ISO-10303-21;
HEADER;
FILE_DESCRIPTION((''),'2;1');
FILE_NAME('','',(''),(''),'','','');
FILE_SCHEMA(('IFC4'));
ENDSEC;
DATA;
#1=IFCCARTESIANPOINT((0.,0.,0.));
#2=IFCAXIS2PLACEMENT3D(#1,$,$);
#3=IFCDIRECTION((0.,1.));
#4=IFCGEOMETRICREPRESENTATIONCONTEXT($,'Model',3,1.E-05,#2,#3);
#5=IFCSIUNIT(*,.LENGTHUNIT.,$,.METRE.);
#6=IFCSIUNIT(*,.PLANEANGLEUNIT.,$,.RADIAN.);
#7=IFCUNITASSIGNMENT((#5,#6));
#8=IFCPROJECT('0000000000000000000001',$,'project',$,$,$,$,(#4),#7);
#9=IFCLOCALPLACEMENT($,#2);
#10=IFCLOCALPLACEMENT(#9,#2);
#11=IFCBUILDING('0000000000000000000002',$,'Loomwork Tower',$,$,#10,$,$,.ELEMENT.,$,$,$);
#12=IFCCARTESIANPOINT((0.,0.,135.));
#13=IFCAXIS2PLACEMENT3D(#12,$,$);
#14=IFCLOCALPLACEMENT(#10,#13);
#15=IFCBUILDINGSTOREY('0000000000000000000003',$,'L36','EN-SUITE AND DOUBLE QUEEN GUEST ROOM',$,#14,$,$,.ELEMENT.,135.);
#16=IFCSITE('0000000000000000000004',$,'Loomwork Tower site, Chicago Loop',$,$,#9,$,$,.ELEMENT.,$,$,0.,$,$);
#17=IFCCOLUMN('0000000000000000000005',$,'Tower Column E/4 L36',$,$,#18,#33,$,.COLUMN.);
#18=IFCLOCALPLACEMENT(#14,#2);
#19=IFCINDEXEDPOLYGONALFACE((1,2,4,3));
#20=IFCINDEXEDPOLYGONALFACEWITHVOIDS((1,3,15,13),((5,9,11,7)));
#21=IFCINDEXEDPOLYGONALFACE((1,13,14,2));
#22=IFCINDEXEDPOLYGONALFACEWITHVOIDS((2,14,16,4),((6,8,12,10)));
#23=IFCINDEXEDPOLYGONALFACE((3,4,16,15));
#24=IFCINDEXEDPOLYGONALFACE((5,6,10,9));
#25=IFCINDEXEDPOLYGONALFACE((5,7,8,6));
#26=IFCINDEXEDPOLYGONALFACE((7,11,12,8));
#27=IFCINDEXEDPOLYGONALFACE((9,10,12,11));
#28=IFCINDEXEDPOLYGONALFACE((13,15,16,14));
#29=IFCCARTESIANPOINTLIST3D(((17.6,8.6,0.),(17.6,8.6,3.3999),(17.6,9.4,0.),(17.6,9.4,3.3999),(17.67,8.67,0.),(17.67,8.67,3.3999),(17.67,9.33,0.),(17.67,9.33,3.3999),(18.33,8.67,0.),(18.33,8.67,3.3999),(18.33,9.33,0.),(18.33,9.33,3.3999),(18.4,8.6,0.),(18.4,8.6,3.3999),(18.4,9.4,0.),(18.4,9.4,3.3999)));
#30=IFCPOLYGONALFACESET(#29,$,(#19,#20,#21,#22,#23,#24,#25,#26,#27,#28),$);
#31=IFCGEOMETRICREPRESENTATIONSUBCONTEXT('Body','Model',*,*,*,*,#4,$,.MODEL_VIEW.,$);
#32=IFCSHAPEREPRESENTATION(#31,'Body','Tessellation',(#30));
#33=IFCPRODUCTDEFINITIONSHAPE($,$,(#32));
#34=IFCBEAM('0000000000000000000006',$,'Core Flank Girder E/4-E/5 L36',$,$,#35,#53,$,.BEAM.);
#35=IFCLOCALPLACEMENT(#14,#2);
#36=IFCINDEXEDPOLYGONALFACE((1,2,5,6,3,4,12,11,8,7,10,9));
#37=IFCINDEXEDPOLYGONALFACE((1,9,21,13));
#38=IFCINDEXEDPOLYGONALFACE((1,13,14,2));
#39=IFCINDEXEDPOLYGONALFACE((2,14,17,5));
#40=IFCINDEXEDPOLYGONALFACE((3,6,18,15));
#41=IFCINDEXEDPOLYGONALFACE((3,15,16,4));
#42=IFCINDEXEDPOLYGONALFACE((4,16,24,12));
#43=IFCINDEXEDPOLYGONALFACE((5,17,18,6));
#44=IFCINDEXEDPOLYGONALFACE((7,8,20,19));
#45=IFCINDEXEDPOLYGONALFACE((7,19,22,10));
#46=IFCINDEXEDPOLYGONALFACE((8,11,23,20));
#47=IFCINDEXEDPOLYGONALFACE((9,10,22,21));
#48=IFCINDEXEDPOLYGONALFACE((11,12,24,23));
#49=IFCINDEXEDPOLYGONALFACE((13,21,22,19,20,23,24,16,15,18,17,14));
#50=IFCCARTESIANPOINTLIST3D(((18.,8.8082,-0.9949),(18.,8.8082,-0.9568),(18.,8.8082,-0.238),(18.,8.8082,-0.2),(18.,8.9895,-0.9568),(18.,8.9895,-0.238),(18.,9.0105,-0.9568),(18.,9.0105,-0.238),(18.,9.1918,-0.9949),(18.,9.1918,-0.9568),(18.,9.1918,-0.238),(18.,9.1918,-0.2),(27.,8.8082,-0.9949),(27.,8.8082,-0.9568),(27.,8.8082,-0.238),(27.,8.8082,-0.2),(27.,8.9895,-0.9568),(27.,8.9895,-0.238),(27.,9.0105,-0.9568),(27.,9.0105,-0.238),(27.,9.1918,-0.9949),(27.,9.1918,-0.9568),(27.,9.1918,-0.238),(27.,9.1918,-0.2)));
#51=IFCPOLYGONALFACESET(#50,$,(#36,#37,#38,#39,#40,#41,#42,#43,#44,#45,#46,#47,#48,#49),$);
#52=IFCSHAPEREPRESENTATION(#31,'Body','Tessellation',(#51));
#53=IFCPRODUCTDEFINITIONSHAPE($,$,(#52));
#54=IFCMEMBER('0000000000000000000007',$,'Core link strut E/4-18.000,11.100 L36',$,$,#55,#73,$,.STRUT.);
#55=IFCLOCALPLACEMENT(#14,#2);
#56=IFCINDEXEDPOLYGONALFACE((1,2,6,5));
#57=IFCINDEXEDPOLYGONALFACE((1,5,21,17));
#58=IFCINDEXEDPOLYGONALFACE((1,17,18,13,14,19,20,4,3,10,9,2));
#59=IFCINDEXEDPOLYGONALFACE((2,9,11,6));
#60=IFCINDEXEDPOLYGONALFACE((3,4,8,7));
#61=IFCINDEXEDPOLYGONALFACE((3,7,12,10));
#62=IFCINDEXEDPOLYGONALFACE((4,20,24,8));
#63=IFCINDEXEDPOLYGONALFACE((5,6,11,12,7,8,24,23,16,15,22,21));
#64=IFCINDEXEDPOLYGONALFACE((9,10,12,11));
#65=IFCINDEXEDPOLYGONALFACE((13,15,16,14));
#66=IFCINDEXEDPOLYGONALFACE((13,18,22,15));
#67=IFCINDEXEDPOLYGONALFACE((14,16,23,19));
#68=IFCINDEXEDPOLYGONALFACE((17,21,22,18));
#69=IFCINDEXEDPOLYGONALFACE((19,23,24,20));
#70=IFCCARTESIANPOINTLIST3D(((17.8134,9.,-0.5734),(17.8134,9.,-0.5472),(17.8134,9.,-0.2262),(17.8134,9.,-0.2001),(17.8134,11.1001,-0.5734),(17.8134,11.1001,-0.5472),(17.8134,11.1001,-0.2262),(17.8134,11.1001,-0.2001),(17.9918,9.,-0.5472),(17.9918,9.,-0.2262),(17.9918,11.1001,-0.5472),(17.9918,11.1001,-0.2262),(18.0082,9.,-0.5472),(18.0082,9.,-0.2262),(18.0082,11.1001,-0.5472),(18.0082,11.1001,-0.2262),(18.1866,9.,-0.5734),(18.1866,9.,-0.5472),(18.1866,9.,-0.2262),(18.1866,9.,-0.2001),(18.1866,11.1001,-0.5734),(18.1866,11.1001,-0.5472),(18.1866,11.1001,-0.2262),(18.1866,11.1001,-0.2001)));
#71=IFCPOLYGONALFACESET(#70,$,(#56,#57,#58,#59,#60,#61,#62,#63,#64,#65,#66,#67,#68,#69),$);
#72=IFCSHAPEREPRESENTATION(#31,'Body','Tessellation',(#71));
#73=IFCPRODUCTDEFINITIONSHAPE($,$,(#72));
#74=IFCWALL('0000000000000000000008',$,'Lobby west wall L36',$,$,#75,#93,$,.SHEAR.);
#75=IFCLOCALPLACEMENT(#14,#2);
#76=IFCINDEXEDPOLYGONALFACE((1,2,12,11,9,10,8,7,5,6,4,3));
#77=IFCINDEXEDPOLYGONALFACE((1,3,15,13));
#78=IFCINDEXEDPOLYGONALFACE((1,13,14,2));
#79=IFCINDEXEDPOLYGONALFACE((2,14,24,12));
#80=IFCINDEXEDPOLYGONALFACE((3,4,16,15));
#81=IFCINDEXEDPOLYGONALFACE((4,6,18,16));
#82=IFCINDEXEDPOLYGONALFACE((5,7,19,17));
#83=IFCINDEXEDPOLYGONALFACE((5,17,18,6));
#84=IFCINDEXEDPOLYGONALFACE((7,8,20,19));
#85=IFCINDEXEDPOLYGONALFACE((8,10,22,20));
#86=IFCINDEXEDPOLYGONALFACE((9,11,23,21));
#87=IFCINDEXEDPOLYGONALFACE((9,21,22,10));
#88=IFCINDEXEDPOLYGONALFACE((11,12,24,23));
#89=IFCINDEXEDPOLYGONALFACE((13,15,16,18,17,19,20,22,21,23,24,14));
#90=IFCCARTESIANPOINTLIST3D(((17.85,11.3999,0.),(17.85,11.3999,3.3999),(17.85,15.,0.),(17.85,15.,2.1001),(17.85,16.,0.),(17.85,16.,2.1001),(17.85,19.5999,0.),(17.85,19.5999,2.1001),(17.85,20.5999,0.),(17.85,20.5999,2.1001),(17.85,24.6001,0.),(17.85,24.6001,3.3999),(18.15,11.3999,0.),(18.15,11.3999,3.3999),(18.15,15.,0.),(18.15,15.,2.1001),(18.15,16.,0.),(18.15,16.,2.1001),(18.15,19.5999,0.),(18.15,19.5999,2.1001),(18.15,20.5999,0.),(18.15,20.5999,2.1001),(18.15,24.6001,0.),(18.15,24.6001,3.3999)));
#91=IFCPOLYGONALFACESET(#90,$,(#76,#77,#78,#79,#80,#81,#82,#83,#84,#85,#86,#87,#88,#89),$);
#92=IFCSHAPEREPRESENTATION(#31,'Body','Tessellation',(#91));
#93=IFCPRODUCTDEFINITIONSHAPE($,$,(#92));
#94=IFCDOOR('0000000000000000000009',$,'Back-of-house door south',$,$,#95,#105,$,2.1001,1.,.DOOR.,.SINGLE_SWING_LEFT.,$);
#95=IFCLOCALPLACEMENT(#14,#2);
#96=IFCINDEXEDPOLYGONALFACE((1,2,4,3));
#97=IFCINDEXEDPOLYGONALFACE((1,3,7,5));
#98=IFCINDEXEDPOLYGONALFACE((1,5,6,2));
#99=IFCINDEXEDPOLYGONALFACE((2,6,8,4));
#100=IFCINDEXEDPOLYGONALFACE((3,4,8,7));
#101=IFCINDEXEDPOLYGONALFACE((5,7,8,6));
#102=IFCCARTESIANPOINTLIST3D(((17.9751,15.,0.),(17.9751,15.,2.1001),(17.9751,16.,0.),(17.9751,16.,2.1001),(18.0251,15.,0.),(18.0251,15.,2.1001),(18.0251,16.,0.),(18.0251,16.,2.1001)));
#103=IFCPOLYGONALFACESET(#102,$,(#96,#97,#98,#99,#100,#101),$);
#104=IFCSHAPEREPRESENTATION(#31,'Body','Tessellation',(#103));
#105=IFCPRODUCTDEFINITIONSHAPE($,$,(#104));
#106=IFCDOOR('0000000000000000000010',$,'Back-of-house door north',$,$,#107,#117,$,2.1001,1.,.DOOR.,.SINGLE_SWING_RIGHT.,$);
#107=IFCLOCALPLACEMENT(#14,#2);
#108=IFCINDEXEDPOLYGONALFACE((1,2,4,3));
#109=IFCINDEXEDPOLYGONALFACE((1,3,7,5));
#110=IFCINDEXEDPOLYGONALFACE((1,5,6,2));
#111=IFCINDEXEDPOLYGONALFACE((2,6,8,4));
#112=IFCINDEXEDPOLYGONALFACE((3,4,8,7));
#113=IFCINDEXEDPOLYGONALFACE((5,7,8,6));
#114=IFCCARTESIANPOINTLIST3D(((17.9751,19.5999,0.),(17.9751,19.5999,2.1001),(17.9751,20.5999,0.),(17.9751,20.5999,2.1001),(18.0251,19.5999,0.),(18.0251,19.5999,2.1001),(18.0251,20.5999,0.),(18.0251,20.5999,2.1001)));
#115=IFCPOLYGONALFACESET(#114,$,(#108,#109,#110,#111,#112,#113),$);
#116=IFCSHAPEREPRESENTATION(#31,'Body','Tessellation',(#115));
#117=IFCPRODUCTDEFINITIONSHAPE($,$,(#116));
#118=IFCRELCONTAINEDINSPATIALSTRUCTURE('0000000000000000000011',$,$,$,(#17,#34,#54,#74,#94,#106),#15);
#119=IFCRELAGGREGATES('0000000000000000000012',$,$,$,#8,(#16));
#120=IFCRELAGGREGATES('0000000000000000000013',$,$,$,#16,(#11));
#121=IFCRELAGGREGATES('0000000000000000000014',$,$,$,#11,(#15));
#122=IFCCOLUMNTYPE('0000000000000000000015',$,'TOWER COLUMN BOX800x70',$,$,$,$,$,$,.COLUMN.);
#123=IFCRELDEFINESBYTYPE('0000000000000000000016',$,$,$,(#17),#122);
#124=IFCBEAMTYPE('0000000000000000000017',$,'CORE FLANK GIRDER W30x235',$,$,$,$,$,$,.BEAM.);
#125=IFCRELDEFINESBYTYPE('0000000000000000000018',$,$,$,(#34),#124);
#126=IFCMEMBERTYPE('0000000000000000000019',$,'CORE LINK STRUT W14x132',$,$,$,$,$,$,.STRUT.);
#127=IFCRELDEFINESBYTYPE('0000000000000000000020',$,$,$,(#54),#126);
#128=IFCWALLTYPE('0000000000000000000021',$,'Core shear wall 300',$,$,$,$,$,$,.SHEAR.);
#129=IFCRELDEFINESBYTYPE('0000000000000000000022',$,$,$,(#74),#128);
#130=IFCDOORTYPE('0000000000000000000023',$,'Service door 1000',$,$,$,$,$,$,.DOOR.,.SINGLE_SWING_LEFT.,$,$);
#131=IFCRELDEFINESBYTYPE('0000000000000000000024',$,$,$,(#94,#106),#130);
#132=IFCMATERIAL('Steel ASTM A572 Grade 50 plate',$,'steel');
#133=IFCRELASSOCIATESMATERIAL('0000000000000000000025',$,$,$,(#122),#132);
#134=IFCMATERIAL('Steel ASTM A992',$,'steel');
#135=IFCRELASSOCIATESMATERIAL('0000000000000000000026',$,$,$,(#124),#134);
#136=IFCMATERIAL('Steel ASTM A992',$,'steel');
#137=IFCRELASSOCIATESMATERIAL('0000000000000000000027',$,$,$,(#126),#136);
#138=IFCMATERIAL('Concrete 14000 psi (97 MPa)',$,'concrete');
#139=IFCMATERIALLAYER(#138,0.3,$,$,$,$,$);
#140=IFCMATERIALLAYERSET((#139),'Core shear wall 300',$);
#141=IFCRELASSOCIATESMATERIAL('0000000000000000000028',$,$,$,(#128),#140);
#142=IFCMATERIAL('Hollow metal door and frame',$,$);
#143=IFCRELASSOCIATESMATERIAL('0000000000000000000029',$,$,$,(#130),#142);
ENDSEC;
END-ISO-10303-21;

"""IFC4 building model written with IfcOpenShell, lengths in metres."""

from ifc_helpers import new_model, si_unit, direction, frame, frame_2d, origin, origin_2d, place, context, subcontext, project, spatial, rectangle, hollow_rectangle, i_section, extrude, material, layer, layer_set, material_profile, profile_set, type_object, element, fill, save


model = new_model("IFC4")

# Units and contexts
model_context = context("Model", 3, precision=1e-05, world=origin(), true_north=direction((0.0, 1.0)))
body_context = subcontext(model_context, "Body", "Model", "MODEL_VIEW")
ifc_project = project(units=[si_unit("LENGTHUNIT", "METRE"), si_unit("PLANEANGLEUNIT", "RADIAN")], contexts=[model_context])

# Site, building, storey
site_placement = place(None, origin())
site = spatial("IfcSite", under=ifc_project, at=site_placement, Name="Loomwork Tower site, Chicago Loop", CompositionType="ELEMENT", RefElevation=0.0)
building_placement = place(site_placement, origin())
building = spatial("IfcBuilding", under=site, at=building_placement, Name="Loomwork Tower", CompositionType="ELEMENT")
storey_placement = place(building_placement, frame((0.0, 0.0, 135.0)))
storey = spatial("IfcBuildingStorey", under=building, at=storey_placement, Name="L36", Description="EN-SUITE AND DOUBLE QUEEN GUEST ROOM", CompositionType="ELEMENT", Elevation=135.0)

# Column
ifc_material_1 = material(Name="Steel ASTM A572 Grade 50 plate", Category="steel")
ifc_material_profile_1 = material_profile(ifc_material_1, hollow_rectangle(XDim=0.8, YDim=0.8, WallThickness=0.0701, at=origin_2d()), Name="BOX800x70")
ifc_profile_set_1 = profile_set([ifc_material_profile_1], Name="Steel ASTM A572 Grade 50 plate")
column_type = type_object("IfcColumnType", Name="TOWER COLUMN BOX800x70", PredefinedType="COLUMN", material=ifc_profile_set_1)
column_placement = place(storey_placement, frame((18.0, 9.0, 0.0), z_axis=(0.0, 0.0, 1.0), x_axis=(1.0, 0.0, 0.0)))
element("IfcColumn", 1, at=column_placement, inside=storey, type_object=column_type, Name="Tower Column E/4 L36", PredefinedType="COLUMN", context=body_context, shape_type="SweptSolid", body=[
    extrude(hollow_rectangle(XDim=0.8, YDim=0.8, WallThickness=0.0701, at=origin_2d()), origin(), (0.0, 0.0, 1.0), 3.3999),
])

# Beam
ifc_material_2 = material(Name="Steel ASTM A992", Category="steel")
ifc_material_profile_2 = material_profile(ifc_material_2, i_section(OverallWidth=0.3835, OverallDepth=0.7949, WebThickness=0.021, FlangeThickness=0.0381, at=origin_2d()), Name="W30x235")
ifc_profile_set_2 = profile_set([ifc_material_profile_2], Name="Steel ASTM A992")
beam_type = type_object("IfcBeamType", Name="CORE FLANK GIRDER W30x235", PredefinedType="BEAM", material=ifc_profile_set_2)
beam_placement = place(storey_placement, frame((18.0, 9.0, -0.5974), z_axis=(1.0, 0.0, 0.0), x_axis=(0.0, 1.0, 0.0)))
element("IfcBeam", 2, at=beam_placement, inside=storey, type_object=beam_type, Name="Core Flank Girder E/4-E/5 L36", PredefinedType="BEAM", context=body_context, shape_type="SweptSolid", body=[
    extrude(i_section(OverallWidth=0.3835, OverallDepth=0.7949, WebThickness=0.021, FlangeThickness=0.0381, at=origin_2d()), origin(), (0.0, 0.0, 1.0), 9.0),
])

# Member
ifc_material_3 = material(Name="Steel ASTM A992", Category="steel")
ifc_material_profile_3 = material_profile(ifc_material_3, i_section(OverallWidth=0.3733, OverallDepth=0.3733, WebThickness=0.0164, FlangeThickness=0.0261, at=origin_2d()), Name="W14x132")
ifc_profile_set_3 = profile_set([ifc_material_profile_3], Name="Steel ASTM A992")
member_type = type_object("IfcMemberType", Name="CORE LINK STRUT W14x132", PredefinedType="STRUT", material=ifc_profile_set_3)
member_placement = place(storey_placement, frame((18.0, 9.0, -0.3867), z_axis=(0.0, 1.0, 0.0), x_axis=(-1.0, 0.0, 0.0)))
element("IfcMember", 3, at=member_placement, inside=storey, type_object=member_type, Name="Core link strut E/4-18.000,11.100 L36", PredefinedType="STRUT", context=body_context, shape_type="SweptSolid", body=[
    extrude(i_section(OverallWidth=0.3733, OverallDepth=0.3733, WebThickness=0.0164, FlangeThickness=0.0261, at=origin_2d()), origin(), (0.0, 0.0, 1.0), 2.1001),
])

# Wall, openings, doors
ifc_material_4 = material(Name="Concrete 14000 psi (97 MPa)", Category="concrete")
ifc_layer_1 = layer(ifc_material_4, 0.3)
ifc_layer_set_1 = layer_set([ifc_layer_1], Name="Core shear wall 300")
wall_type_1 = type_object("IfcWallType", Name="Core shear wall 300", PredefinedType="SHEAR", material=ifc_layer_set_1)
wall_1_placement = place(storey_placement, frame((18.0, 11.3999, 0.0), z_axis=(0.0, 0.0, 1.0), x_axis=(0.0, 1.0, 0.0)))
wall_1 = element("IfcWall", 4, at=wall_1_placement, inside=storey, type_object=wall_type_1, Name="Lobby west wall L36", PredefinedType="SHEAR", context=body_context, shape_type="SweptSolid", body=[
    extrude(rectangle(XDim=13.2002, YDim=0.3, at=frame_2d((6.6001, 0.0))), origin(), (0.0, 0.0, 1.0), 3.3999),
])
opening_1_placement = place(wall_1_placement, frame((3.6001, 0.0, 0.0)))
opening_1 = element("IfcOpeningElement", 5, at=opening_1_placement, cuts=wall_1, PredefinedType="OPENING", context=body_context, shape_type="SweptSolid", body=[
    extrude(rectangle(XDim=1.0, YDim=2.1001, at=frame_2d((0.5, 1.05))), frame((0.0, 0.1599, 0.0), z_axis=(0.0, -1.0, 0.0), x_axis=(1.0, 0.0, 0.0)), (0.0, 0.0, 1.0), 0.3201),
])
opening_2_placement = place(wall_1_placement, frame((8.2, 0.0, 0.0)))
opening_2 = element("IfcOpeningElement", 6, at=opening_2_placement, cuts=wall_1, PredefinedType="OPENING", context=body_context, shape_type="SweptSolid", body=[
    extrude(rectangle(XDim=1.0, YDim=2.1001, at=frame_2d((0.5, 1.05))), frame((0.0, 0.1599, 0.0), z_axis=(0.0, -1.0, 0.0), x_axis=(1.0, 0.0, 0.0)), (0.0, 0.0, 1.0), 0.3201),
])
ifc_material_5 = material(Name="Hollow metal door and frame")
door_type_1 = type_object("IfcDoorType", Name="Service door 1000", OperationType="SINGLE_SWING_LEFT", PredefinedType="DOOR", material=ifc_material_5)
door_1_placement = place(opening_1_placement, origin())
door_1 = element("IfcDoor", 7, at=door_1_placement, inside=storey, type_object=door_type_1, Name="Back-of-house door south", OperationType="SINGLE_SWING_LEFT", OverallHeight=2.1001, OverallWidth=1.0, PredefinedType="DOOR", context=body_context, shape_type="SweptSolid", body=[
    extrude(rectangle(XDim=1.0, YDim=2.1001, at=frame_2d((0.5, 1.05))), frame((0.0, 0.0249, 0.0), z_axis=(0.0, -1.0, 0.0), x_axis=(1.0, 0.0, 0.0)), (0.0, 0.0, 1.0), 0.05),
])
fill(opening_1, door_1)
door_2_placement = place(opening_2_placement, origin())
door_2 = element("IfcDoor", 8, at=door_2_placement, inside=storey, type_object=door_type_1, Name="Back-of-house door north", OperationType="SINGLE_SWING_RIGHT", OverallHeight=2.1001, OverallWidth=1.0, PredefinedType="DOOR", context=body_context, shape_type="SweptSolid", body=[
    extrude(rectangle(XDim=1.0, YDim=2.1001, at=frame_2d((0.5, 1.05))), frame((0.0, 0.0249, 0.0), z_axis=(0.0, -1.0, 0.0), x_axis=(1.0, 0.0, 0.0)), (0.0, 0.0, 1.0), 0.05),
])
fill(opening_2, door_2)

save(model, "model.ifc")
